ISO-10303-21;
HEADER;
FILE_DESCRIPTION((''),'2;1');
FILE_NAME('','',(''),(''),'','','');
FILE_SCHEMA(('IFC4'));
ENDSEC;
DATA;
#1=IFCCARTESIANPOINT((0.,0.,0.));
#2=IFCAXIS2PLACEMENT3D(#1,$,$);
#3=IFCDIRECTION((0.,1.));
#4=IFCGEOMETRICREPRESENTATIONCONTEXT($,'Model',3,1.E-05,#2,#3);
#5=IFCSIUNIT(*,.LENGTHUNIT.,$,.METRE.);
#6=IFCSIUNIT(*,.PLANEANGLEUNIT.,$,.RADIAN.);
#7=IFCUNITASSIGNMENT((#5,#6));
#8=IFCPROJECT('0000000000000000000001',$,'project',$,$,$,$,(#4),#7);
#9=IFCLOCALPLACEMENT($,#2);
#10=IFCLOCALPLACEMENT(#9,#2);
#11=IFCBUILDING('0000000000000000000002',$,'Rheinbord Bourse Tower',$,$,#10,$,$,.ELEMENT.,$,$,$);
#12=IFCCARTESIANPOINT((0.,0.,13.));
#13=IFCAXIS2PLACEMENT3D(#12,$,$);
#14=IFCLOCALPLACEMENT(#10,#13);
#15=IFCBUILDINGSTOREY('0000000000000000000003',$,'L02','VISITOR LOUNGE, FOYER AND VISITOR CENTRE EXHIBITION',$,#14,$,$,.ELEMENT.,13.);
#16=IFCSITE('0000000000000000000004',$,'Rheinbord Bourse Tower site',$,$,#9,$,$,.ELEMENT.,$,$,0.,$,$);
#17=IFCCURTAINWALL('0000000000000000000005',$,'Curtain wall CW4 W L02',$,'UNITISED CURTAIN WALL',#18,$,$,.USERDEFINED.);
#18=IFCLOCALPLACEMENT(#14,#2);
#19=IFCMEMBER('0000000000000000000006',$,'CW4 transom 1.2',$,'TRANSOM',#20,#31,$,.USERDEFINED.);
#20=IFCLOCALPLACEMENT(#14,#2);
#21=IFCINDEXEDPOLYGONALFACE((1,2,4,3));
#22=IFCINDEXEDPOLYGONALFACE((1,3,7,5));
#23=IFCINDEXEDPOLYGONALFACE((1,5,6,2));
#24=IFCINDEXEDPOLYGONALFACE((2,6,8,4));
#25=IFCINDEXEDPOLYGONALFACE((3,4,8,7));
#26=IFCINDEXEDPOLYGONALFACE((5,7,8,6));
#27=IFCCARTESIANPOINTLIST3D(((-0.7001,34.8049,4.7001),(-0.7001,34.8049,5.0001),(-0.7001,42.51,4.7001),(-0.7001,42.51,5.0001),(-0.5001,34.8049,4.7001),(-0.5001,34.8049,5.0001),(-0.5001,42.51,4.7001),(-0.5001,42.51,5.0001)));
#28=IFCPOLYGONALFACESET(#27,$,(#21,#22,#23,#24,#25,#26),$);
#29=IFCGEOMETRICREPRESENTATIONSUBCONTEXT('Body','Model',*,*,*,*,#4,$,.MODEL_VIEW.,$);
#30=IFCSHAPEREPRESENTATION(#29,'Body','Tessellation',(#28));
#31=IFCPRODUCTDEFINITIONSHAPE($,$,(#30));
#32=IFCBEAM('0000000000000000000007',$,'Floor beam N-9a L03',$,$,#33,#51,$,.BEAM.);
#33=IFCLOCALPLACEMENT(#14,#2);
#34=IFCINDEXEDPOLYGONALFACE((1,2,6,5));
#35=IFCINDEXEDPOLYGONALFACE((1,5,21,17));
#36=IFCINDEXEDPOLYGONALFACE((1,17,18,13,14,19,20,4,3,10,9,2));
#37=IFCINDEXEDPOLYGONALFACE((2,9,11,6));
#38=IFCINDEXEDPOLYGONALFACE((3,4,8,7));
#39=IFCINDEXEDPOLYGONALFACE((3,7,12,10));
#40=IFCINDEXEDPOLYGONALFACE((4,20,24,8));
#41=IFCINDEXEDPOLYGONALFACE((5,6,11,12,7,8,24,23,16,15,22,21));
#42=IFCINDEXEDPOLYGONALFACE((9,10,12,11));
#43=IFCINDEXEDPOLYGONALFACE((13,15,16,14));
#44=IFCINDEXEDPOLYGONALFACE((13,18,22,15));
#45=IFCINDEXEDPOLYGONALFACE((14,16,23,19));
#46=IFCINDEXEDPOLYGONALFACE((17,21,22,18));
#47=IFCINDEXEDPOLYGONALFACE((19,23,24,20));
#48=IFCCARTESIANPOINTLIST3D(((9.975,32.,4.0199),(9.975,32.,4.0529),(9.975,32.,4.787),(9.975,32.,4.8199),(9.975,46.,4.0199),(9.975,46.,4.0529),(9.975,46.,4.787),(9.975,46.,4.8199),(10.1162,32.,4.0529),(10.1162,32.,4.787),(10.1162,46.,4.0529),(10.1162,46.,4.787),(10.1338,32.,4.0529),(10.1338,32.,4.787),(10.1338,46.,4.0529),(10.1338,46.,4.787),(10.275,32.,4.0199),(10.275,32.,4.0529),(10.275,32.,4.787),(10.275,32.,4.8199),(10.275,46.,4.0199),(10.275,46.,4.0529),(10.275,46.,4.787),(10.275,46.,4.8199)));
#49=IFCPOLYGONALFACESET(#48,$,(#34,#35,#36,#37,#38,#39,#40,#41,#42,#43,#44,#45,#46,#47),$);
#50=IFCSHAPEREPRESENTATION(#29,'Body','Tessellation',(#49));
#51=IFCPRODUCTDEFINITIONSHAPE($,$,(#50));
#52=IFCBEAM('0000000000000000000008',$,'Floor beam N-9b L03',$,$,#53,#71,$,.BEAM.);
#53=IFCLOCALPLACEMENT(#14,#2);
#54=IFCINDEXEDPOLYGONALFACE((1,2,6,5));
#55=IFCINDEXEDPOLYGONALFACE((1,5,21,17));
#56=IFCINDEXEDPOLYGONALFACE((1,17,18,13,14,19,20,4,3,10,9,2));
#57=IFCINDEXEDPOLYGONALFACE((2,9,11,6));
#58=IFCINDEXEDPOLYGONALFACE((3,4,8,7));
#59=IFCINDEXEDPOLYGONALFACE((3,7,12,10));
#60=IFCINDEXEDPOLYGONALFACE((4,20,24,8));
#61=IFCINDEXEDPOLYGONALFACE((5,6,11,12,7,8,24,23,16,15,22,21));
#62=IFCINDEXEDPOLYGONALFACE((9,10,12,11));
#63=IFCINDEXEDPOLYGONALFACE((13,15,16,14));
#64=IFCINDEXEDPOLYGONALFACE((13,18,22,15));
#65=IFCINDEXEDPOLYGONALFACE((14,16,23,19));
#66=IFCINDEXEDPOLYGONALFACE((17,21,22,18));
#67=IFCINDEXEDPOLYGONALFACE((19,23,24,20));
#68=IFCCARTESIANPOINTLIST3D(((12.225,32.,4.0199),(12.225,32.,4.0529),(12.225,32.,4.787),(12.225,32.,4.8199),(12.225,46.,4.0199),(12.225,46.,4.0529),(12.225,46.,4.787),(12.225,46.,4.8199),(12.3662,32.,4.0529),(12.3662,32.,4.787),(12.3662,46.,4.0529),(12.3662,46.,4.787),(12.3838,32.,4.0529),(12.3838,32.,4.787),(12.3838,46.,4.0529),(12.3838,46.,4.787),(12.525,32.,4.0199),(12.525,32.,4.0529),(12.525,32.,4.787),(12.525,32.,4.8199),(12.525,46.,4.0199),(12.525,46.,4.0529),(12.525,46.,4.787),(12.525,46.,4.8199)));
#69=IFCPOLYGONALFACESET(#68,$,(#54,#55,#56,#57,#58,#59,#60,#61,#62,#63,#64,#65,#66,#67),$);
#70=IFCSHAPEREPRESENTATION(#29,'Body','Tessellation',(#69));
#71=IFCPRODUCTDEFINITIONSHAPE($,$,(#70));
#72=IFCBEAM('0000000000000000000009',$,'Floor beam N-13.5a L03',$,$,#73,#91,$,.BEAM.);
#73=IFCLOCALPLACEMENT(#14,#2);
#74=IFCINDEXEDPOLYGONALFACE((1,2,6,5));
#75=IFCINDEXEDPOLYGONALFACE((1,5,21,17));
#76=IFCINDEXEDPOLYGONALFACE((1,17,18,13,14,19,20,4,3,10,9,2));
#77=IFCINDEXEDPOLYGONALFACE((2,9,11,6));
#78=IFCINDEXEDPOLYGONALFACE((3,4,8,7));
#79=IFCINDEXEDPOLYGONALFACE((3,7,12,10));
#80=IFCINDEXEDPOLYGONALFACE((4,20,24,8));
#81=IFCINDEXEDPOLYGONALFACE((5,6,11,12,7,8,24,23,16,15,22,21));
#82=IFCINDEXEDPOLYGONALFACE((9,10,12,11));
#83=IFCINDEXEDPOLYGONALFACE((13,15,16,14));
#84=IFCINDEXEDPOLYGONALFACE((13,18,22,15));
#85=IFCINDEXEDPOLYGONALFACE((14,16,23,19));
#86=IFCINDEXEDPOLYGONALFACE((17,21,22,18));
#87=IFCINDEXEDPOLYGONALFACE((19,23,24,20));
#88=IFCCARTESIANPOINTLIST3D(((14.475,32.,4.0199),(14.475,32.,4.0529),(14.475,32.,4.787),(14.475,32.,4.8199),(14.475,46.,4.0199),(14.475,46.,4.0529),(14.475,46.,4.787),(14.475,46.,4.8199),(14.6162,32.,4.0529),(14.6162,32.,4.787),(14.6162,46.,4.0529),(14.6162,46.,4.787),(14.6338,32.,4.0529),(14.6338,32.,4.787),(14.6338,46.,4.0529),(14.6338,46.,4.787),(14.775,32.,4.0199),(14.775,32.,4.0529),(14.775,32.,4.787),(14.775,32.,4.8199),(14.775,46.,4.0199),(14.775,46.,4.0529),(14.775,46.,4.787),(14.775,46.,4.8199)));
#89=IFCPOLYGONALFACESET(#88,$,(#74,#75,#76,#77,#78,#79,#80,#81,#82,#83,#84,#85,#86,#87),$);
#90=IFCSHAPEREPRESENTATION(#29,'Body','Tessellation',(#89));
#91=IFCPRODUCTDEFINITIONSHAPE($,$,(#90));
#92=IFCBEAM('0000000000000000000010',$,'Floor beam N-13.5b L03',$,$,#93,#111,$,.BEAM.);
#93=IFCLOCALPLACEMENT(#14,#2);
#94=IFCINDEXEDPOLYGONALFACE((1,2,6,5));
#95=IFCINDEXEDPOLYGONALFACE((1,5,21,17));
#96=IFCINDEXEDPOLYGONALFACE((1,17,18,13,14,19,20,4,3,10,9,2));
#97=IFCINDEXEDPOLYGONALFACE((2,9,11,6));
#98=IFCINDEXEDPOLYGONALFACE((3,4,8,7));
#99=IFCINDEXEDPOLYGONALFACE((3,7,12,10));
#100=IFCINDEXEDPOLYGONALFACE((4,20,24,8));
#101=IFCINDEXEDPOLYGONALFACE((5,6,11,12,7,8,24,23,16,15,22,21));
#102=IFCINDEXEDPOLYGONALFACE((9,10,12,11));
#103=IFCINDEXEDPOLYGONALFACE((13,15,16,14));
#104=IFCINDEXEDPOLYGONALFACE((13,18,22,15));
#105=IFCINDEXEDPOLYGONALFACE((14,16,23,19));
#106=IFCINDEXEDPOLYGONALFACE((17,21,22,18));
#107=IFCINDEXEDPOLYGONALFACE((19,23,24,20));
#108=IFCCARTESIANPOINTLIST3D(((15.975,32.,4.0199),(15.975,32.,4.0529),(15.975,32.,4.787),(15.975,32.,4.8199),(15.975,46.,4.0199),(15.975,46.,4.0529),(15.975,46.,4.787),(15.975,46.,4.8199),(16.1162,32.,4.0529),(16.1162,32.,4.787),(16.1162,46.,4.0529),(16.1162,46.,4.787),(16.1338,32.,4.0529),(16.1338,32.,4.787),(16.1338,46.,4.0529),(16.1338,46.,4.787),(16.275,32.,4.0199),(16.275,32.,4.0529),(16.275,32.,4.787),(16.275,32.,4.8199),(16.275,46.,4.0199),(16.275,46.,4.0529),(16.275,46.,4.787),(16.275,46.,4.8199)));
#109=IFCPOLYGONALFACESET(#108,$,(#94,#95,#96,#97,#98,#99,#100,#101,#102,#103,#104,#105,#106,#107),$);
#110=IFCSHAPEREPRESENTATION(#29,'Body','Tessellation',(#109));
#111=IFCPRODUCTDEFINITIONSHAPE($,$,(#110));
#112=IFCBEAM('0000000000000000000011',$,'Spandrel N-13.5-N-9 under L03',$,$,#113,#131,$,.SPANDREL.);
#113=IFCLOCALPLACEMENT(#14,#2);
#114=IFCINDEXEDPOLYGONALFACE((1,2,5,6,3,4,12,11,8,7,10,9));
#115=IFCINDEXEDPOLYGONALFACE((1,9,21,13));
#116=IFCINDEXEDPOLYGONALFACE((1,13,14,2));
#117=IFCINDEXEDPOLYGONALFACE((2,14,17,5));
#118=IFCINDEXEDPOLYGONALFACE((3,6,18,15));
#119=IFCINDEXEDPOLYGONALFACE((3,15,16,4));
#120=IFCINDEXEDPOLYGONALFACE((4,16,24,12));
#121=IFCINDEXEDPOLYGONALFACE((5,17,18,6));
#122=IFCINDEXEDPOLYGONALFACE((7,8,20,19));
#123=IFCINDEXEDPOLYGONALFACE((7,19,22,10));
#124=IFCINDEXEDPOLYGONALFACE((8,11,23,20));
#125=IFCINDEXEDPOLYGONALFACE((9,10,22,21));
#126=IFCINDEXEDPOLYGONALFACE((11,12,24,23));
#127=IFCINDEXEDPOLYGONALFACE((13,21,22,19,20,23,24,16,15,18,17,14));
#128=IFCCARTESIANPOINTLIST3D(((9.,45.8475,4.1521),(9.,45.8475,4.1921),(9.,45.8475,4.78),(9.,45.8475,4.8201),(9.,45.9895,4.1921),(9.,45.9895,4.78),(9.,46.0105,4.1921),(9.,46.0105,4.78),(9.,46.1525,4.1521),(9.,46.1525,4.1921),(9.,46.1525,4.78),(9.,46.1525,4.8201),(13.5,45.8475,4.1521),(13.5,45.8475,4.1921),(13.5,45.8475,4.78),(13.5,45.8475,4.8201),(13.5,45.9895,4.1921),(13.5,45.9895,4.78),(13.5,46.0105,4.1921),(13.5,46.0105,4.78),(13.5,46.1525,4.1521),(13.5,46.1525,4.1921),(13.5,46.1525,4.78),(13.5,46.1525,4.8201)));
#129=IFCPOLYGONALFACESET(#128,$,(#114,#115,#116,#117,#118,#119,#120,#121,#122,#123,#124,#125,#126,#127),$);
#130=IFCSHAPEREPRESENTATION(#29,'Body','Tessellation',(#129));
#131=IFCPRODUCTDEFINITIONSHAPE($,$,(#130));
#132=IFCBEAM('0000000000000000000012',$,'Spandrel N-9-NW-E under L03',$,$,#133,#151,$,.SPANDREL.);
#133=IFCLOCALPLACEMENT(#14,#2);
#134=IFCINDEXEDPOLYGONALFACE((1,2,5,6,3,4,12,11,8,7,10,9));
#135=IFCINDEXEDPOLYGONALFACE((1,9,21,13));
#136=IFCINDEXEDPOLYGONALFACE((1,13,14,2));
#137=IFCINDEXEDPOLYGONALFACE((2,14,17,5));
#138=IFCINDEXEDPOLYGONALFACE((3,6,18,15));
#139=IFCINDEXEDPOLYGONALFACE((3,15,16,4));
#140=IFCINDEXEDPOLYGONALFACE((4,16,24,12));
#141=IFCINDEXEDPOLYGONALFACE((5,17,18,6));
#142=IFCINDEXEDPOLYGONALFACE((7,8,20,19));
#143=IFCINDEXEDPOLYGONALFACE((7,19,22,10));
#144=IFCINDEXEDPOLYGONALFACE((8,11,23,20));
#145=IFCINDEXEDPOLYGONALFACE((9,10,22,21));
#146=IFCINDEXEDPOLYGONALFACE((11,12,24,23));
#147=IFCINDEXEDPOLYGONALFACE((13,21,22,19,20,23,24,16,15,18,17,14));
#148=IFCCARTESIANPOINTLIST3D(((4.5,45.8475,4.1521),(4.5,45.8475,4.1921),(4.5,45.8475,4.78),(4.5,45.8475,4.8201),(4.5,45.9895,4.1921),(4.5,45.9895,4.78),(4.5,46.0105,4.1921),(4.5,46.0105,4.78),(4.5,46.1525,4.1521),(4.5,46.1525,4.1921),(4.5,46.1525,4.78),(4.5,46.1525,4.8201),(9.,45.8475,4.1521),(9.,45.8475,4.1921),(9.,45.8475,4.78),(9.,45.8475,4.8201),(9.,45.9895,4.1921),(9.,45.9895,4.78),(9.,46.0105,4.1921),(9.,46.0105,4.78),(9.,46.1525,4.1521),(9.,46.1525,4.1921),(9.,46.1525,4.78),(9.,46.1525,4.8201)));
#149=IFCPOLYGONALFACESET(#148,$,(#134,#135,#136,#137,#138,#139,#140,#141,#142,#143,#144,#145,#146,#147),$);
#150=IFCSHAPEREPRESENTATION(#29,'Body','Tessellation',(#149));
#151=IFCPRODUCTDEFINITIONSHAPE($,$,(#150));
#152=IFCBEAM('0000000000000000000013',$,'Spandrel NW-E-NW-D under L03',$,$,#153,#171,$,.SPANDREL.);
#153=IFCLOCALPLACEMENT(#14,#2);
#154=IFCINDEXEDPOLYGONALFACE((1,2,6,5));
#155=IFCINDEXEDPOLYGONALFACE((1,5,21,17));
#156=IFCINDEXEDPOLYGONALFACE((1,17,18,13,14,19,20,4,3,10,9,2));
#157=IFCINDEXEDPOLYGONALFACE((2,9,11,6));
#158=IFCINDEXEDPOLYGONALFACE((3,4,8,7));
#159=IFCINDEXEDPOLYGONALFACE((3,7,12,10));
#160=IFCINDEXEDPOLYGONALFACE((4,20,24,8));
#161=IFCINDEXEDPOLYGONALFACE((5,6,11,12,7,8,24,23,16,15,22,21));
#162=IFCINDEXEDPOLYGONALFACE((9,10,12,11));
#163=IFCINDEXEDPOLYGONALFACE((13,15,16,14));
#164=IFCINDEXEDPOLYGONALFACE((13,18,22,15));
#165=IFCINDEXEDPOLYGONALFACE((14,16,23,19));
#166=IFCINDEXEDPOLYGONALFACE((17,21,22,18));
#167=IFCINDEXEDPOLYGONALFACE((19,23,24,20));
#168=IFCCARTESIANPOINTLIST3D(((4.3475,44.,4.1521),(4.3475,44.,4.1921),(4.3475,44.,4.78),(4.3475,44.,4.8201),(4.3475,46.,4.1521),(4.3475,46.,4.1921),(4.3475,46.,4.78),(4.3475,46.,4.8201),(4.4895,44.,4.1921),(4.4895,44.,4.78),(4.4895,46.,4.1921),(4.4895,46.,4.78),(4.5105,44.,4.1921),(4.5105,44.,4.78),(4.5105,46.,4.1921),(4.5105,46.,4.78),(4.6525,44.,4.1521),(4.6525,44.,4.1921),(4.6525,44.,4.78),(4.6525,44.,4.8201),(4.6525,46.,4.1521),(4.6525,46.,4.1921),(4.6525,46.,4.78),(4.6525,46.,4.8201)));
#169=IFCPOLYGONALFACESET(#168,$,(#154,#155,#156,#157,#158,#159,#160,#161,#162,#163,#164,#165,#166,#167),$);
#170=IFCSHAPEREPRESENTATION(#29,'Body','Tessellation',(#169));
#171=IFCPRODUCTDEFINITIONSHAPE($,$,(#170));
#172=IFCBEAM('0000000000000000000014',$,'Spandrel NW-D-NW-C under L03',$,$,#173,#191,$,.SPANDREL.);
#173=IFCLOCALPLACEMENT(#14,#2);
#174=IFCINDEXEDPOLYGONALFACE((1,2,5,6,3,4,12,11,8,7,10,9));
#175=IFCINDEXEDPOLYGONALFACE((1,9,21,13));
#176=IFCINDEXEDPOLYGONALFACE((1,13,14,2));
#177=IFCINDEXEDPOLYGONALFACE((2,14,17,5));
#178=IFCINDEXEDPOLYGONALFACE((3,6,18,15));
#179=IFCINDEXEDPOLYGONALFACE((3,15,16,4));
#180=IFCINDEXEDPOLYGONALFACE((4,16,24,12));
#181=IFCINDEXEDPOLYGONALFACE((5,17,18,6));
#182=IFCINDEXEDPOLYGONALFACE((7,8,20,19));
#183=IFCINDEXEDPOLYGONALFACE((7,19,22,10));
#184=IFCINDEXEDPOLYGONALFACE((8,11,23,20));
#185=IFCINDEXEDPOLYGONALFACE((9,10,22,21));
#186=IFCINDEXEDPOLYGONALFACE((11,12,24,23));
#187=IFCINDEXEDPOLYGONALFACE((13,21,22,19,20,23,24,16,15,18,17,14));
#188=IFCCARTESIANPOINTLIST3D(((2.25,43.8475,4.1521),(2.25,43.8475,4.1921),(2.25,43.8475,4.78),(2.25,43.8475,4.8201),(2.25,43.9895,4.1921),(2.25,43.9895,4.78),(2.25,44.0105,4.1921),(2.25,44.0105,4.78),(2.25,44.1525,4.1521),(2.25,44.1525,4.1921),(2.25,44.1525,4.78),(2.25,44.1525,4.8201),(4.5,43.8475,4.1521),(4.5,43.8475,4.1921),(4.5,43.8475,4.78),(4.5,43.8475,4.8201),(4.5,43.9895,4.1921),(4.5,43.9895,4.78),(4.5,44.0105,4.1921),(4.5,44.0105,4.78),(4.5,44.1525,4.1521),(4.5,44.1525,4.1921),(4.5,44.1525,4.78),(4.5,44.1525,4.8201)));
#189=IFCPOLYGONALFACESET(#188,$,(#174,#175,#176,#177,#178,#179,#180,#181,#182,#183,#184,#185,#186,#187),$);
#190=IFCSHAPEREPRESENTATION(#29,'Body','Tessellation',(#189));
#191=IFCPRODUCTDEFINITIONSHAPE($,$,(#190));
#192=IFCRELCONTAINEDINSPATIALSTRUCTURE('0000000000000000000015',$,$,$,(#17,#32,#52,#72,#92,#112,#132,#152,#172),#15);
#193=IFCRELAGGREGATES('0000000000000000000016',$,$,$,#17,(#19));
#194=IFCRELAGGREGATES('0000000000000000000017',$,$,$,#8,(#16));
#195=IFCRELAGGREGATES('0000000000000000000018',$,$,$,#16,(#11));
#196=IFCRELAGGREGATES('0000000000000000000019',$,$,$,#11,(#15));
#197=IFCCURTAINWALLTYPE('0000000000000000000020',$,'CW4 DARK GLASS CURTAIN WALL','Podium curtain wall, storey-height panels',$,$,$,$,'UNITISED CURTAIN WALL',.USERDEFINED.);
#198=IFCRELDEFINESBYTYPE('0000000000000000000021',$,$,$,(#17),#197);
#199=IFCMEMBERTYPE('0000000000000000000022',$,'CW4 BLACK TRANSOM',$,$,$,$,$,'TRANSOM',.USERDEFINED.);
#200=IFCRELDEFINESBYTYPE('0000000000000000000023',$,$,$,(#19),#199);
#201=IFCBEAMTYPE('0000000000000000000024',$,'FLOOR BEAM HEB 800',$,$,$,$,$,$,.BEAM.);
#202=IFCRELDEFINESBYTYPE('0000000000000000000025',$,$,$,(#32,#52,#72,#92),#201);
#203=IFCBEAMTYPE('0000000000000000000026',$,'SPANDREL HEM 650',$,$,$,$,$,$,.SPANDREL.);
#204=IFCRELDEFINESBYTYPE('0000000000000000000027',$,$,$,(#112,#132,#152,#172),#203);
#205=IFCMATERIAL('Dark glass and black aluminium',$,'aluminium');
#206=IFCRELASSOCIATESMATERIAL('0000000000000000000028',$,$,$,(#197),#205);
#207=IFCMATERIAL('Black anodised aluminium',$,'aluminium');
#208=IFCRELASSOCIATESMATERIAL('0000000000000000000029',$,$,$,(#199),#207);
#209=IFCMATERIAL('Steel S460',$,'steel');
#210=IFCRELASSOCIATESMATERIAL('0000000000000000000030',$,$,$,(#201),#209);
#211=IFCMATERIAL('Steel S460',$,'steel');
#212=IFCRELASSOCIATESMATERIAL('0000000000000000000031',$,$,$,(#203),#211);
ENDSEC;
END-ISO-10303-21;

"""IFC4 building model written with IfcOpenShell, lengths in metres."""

from ifc_helpers import new_model, si_unit, direction, frame, origin, origin_2d, place, context, subcontext, project, spatial, rectangle, i_section, extrude, material, material_profile, profile_set, type_object, element, aggregate, save


model = new_model("IFC4")

# Units and contexts
model_context = context("Model", 3, precision=1e-05, world=origin(), true_north=direction((0.0, 1.0)))
body_context = subcontext(model_context, "Body", "Model", "MODEL_VIEW")
ifc_project = project(units=[si_unit("LENGTHUNIT", "METRE"), si_unit("PLANEANGLEUNIT", "RADIAN")], contexts=[model_context])

# Site, building, storey
site_placement = place(None, origin())
site = spatial("IfcSite", under=ifc_project, at=site_placement, Name="Rheinbord Bourse Tower site", CompositionType="ELEMENT", RefElevation=0.0)
building_placement = place(site_placement, origin())
building = spatial("IfcBuilding", under=site, at=building_placement, Name="Rheinbord Bourse Tower", CompositionType="ELEMENT")
storey_placement = place(building_placement, frame((0.0, 0.0, 13.0)))
storey = spatial("IfcBuildingStorey", under=building, at=storey_placement, Name="L02", Description="VISITOR LOUNGE, FOYER AND VISITOR CENTRE EXHIBITION", CompositionType="ELEMENT", Elevation=13.0)

# Shared definitions
ifc_material_1 = material(Name="Dark glass and black aluminium", Category="aluminium")
curtain_wall_type = type_object("IfcCurtainWallType", Name="CW4 DARK GLASS CURTAIN WALL", Description="Podium curtain wall, storey-height panels", ElementType="UNITISED CURTAIN WALL", PredefinedType="USERDEFINED", material=ifc_material_1)

# Curtain wall
curtain_wall_1_placement = place(storey_placement, origin())
curtain_wall_1 = element("IfcCurtainWall", 1, at=curtain_wall_1_placement, inside=storey, type_object=curtain_wall_type, Name="Curtain wall CW4 W L02", ObjectType="UNITISED CURTAIN WALL", PredefinedType="USERDEFINED")

# Member
ifc_material_2 = material(Name="Black anodised aluminium", Category="aluminium")
ifc_material_profile_1 = material_profile(ifc_material_2, rectangle(XDim=0.2, YDim=0.3, at=origin_2d()), Name="CW4 TRANSOM 300x200")
ifc_profile_set_1 = profile_set([ifc_material_profile_1], Name="Black anodised aluminium")
member_type_1 = type_object("IfcMemberType", Name="CW4 BLACK TRANSOM", ElementType="TRANSOM", PredefinedType="USERDEFINED", material=ifc_profile_set_1)
member_1_placement = place(storey_placement, frame((-0.6001, 42.51, 4.8501), z_axis=(0.0, -1.0, 0.0), x_axis=(1.0, 0.0, 0.0)))
member_1 = element("IfcMember", 2, at=member_1_placement, type_object=member_type_1, Name="CW4 transom 1.2", ObjectType="TRANSOM", PredefinedType="USERDEFINED", context=body_context, shape_type="SweptSolid", body=[
    extrude(rectangle(XDim=0.2, YDim=0.3, at=origin_2d()), origin(), (0.0, 0.0, 1.0), 7.7051),
])

# Beams
ifc_material_3 = material(Name="Steel S460", Category="steel")
ifc_material_profile_2 = material_profile(ifc_material_3, i_section(OverallWidth=0.3, OverallDepth=0.8, WebThickness=0.0176, FlangeThickness=0.033, at=origin_2d()), Name="HEB 800")
ifc_profile_set_2 = profile_set([ifc_material_profile_2], Name="Steel S460")
beam_type_1 = type_object("IfcBeamType", Name="FLOOR BEAM HEB 800", PredefinedType="BEAM", material=ifc_profile_set_2)
for number, where, z_axis, x_axis, name in (
    (3, (10.125, 46.0, 4.4199), (0.0, -1.0, 0.0), (1.0, 0.0, 0.0), "Floor beam N-9a L03"),
    (4, (12.375, 46.0, 4.4199), (0.0, -1.0, 0.0), (1.0, 0.0, 0.0), "Floor beam N-9b L03"),
    (5, (14.625, 46.0, 4.4199), (0.0, -1.0, 0.0), (1.0, 0.0, 0.0), "Floor beam N-13.5a L03"),
    (6, (16.125, 46.0, 4.4199), (0.0, -1.0, 0.0), (1.0, 0.0, 0.0), "Floor beam N-13.5b L03"),
):
    element("IfcBeam", number, at=place(storey_placement, frame(where, z_axis=z_axis, x_axis=x_axis)), inside=storey, type_object=beam_type_1, Name=name, PredefinedType="BEAM", context=body_context, shape_type="SweptSolid", body=[
        extrude(i_section(OverallWidth=0.3, OverallDepth=0.8, WebThickness=0.0176, FlangeThickness=0.033, at=origin_2d()), origin(), (0.0, 0.0, 1.0), 14.0),
    ])
ifc_material_4 = material(Name="Steel S460", Category="steel")
ifc_material_profile_3 = material_profile(ifc_material_4, i_section(OverallWidth=0.3049, OverallDepth=0.668, WebThickness=0.021, FlangeThickness=0.04, at=origin_2d()), Name="HEM 650")
ifc_profile_set_3 = profile_set([ifc_material_profile_3], Name="Steel S460")
beam_type_2 = type_object("IfcBeamType", Name="SPANDREL HEM 650", PredefinedType="SPANDREL", material=ifc_profile_set_3)
for number, where, z_axis, x_axis, name in (
    (7, (13.5, 46.0, 4.4861), (-1.0, 0.0, 0.0), (0.0, -1.0, 0.0), "Spandrel N-13.5-N-9 under L03"),
    (8, (9.0, 46.0, 4.4861), (-1.0, 0.0, 0.0), (0.0, -1.0, 0.0), "Spandrel N-9-NW-E under L03"),
):
    element("IfcBeam", number, at=place(storey_placement, frame(where, z_axis=z_axis, x_axis=x_axis)), inside=storey, type_object=beam_type_2, Name=name, PredefinedType="SPANDREL", context=body_context, shape_type="SweptSolid", body=[
        extrude(i_section(OverallWidth=0.3049, OverallDepth=0.668, WebThickness=0.021, FlangeThickness=0.04, at=origin_2d()), origin(), (0.0, 0.0, 1.0), 4.5),
    ])
beam_1_placement = place(storey_placement, frame((4.5, 46.0, 4.4861), z_axis=(0.0, -1.0, 0.0), x_axis=(1.0, 0.0, 0.0)))
element("IfcBeam", 9, at=beam_1_placement, inside=storey, type_object=beam_type_2, Name="Spandrel NW-E-NW-D under L03", PredefinedType="SPANDREL", context=body_context, shape_type="SweptSolid", body=[
    extrude(i_section(OverallWidth=0.3049, OverallDepth=0.668, WebThickness=0.021, FlangeThickness=0.04, at=origin_2d()), origin(), (0.0, 0.0, 1.0), 2.0),
])
beam_2_placement = place(storey_placement, frame((4.5, 44.0, 4.4861), z_axis=(-1.0, 0.0, 0.0), x_axis=(0.0, -1.0, 0.0)))
element("IfcBeam", 10, at=beam_2_placement, inside=storey, type_object=beam_type_2, Name="Spandrel NW-D-NW-C under L03", PredefinedType="SPANDREL", context=body_context, shape_type="SweptSolid", body=[
    extrude(i_section(OverallWidth=0.3049, OverallDepth=0.668, WebThickness=0.021, FlangeThickness=0.04, at=origin_2d()), origin(), (0.0, 0.0, 1.0), 2.25),
])

aggregate(curtain_wall_1, [member_1])

save(model, "model.ifc")
